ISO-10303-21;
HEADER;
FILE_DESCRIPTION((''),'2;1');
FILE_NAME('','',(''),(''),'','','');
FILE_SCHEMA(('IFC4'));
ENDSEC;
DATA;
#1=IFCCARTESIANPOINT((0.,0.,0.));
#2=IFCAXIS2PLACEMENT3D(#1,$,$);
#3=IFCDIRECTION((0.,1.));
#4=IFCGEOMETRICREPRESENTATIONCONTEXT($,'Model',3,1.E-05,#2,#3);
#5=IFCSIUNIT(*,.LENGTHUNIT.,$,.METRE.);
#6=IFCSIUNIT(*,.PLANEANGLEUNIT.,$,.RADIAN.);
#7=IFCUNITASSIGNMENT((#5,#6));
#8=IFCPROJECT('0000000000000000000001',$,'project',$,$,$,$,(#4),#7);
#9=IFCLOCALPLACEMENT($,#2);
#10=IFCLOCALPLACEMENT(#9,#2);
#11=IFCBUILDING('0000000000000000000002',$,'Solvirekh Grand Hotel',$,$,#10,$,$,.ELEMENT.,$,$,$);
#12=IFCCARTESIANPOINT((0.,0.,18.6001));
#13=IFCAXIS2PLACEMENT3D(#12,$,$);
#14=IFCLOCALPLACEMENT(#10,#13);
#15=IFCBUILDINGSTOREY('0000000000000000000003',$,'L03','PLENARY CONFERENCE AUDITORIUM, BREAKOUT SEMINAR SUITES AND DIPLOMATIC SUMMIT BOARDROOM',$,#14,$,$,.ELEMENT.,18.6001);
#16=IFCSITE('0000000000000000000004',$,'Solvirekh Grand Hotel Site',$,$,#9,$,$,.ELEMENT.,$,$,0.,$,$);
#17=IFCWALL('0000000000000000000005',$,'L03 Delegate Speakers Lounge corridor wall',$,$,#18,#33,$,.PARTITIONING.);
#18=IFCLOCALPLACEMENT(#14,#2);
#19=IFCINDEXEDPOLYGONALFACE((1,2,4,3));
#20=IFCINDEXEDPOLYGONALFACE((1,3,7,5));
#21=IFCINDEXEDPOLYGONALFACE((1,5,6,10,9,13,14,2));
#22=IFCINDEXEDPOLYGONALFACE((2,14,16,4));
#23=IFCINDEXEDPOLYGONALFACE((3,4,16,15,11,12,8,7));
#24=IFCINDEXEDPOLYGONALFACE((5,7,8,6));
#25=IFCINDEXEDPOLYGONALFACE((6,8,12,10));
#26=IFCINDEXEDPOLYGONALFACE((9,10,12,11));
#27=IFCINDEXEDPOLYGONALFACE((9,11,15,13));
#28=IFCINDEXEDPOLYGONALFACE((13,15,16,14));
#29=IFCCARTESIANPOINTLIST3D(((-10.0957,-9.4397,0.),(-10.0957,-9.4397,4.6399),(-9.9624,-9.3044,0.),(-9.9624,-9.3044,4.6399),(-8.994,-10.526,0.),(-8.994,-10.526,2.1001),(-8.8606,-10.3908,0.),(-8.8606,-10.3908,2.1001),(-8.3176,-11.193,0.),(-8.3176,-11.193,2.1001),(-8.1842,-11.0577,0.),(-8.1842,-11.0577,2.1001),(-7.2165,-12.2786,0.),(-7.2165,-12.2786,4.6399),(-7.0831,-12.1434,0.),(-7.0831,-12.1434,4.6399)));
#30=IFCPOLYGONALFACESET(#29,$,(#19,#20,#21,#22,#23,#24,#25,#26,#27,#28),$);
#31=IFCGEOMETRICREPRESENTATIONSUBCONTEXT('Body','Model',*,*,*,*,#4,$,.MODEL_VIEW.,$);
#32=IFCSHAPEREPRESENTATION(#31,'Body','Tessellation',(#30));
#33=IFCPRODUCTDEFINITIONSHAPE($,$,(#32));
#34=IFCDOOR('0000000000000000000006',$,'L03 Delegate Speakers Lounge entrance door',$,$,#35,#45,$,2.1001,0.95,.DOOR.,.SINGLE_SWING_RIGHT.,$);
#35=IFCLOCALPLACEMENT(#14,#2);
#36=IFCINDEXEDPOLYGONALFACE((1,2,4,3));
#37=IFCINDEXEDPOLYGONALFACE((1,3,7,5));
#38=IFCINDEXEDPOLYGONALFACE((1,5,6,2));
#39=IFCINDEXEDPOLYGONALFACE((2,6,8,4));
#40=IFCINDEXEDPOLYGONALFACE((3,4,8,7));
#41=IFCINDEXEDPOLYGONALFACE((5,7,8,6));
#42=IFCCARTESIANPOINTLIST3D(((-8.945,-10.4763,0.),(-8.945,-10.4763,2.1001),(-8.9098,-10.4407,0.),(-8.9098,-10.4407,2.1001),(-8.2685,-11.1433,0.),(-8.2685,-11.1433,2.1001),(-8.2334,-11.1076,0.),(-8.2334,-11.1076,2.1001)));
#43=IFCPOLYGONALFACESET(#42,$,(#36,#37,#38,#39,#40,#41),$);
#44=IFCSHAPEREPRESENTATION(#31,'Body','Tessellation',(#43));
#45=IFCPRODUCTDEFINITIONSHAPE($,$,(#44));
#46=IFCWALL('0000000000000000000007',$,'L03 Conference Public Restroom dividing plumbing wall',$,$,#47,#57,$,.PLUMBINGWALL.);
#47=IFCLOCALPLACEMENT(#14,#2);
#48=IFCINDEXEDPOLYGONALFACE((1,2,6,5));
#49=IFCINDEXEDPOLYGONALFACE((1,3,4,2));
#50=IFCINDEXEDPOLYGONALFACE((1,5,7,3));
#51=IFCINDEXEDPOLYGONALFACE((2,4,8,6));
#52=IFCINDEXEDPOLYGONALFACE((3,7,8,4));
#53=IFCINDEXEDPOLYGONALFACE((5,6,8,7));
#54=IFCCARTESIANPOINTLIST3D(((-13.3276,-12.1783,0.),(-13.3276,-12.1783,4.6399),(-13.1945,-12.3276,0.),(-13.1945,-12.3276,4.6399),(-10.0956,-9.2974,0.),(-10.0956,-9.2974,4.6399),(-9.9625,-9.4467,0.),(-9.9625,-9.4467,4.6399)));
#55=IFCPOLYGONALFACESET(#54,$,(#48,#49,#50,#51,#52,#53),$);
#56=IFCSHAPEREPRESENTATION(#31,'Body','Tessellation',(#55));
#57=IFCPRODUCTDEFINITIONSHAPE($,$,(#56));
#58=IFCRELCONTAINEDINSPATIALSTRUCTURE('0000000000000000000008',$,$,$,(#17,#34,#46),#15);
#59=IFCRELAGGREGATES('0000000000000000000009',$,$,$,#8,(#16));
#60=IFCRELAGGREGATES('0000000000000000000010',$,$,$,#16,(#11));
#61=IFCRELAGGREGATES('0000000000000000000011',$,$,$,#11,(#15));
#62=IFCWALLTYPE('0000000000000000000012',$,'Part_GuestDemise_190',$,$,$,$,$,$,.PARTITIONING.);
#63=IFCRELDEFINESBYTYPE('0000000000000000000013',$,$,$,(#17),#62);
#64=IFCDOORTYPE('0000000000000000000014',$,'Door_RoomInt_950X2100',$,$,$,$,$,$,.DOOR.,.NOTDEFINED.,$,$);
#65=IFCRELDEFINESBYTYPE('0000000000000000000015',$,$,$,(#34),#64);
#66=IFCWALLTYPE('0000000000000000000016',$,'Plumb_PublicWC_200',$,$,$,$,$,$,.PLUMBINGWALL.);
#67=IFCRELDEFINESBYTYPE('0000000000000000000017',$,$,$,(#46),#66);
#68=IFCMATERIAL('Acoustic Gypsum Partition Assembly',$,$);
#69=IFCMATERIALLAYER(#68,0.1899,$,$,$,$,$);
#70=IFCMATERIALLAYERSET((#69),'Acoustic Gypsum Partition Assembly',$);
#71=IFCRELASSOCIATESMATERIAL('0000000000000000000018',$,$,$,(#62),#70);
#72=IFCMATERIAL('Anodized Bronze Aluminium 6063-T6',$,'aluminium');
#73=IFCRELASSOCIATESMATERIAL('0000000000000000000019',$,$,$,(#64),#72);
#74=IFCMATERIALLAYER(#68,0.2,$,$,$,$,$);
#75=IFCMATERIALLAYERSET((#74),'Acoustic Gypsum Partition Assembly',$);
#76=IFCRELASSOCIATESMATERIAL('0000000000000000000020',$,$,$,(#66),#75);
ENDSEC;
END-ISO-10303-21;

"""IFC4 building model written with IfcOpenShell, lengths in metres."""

from ifc_helpers import new_model, si_unit, direction, frame, frame_2d, origin, place, context, subcontext, project, spatial, rectangle, extrude, material, layer, layer_set, type_object, element, fill, save


model = new_model("IFC4")

# Units and contexts
model_context = context("Model", 3, precision=1e-05, world=origin(), true_north=direction((0.0, 1.0)))
body_context = subcontext(model_context, "Body", "Model", "MODEL_VIEW")
ifc_project = project(units=[si_unit("LENGTHUNIT", "METRE"), si_unit("PLANEANGLEUNIT", "RADIAN")], contexts=[model_context])

# Site, building, storey
site_placement = place(None, origin())
site = spatial("IfcSite", under=ifc_project, at=site_placement, Name="Solvirekh Grand Hotel Site", CompositionType="ELEMENT", RefElevation=0.0)
building_placement = place(site_placement, origin())
building = spatial("IfcBuilding", under=site, at=building_placement, Name="Solvirekh Grand Hotel", CompositionType="ELEMENT")
storey_placement = place(building_placement, frame((0.0, 0.0, 18.6001)))
storey = spatial("IfcBuildingStorey", under=building, at=storey_placement, Name="L03", Description="PLENARY CONFERENCE AUDITORIUM, BREAKOUT SEMINAR SUITES AND DIPLOMATIC SUMMIT BOARDROOM", CompositionType="ELEMENT", Elevation=18.6001)

# Wall, opening, door
ifc_material_1 = material(Name="Acoustic Gypsum Partition Assembly")
ifc_layer_1 = layer(ifc_material_1, 0.1899)
ifc_layer_set_1 = layer_set([ifc_layer_1], Name="Acoustic Gypsum Partition Assembly")
wall_type_1 = type_object("IfcWallType", Name="Part_GuestDemise_190", PredefinedType="PARTITIONING", material=ifc_layer_set_1)
wall_1_placement = place(storey_placement, frame((-10.0291, -9.3721, 0.0), z_axis=(0.0, 0.0, 1.0), x_axis=(0.712071, -0.702108, 0.0)))
wall_1 = element("IfcWall", 1, at=wall_1_placement, inside=storey, type_object=wall_type_1, Name="L03 Delegate Speakers Lounge corridor wall", PredefinedType="PARTITIONING", context=body_context, shape_type="SweptSolid", body=[
    extrude(rectangle(XDim=4.0435, YDim=0.1899, at=frame_2d((2.0217, 0.0))), origin(), (0.0, 0.0, 1.0), 4.6399),
])
opening_1_placement = place(wall_1_placement, frame((1.5471, 0.0, 0.0)))
opening_1 = element("IfcOpeningElement", 2, at=opening_1_placement, cuts=wall_1, PredefinedType="OPENING", context=body_context, shape_type="SweptSolid", body=[
    extrude(rectangle(XDim=0.95, YDim=2.1001, at=frame_2d((0.4751, 1.05))), frame((0.0, 0.105, 0.0), z_axis=(0.0, -1.0, 0.0), x_axis=(1.0, 0.0, 0.0)), (0.0, 0.0, 1.0), 0.21),
])
ifc_material_2 = material(Name="Anodized Bronze Aluminium 6063-T6", Category="aluminium")
door_type_1 = type_object("IfcDoorType", Name="Door_RoomInt_950X2100", OperationType="NOTDEFINED", PredefinedType="DOOR", material=ifc_material_2)
door_1_placement = place(opening_1_placement, origin())
door_1 = element("IfcDoor", 3, at=door_1_placement, inside=storey, type_object=door_type_1, Name="L03 Delegate Speakers Lounge entrance door", OperationType="SINGLE_SWING_RIGHT", OverallHeight=2.1001, OverallWidth=0.95, PredefinedType="DOOR", context=body_context, shape_type="SweptSolid", body=[
    extrude(rectangle(XDim=0.95, YDim=2.1001, at=frame_2d((0.4751, 1.05))), frame((0.0, 0.0249, 0.0), z_axis=(0.0, -1.0, 0.0), x_axis=(1.0, 0.0, 0.0)), (0.0, 0.0, 1.0), 0.05),
])
fill(opening_1, door_1)

# Wall
ifc_layer_2 = layer(ifc_material_1, 0.2)
ifc_layer_set_2 = layer_set([ifc_layer_2], Name="Acoustic Gypsum Partition Assembly")
wall_type_2 = type_object("IfcWallType", Name="Plumb_PublicWC_200", PredefinedType="PLUMBINGWALL", material=ifc_layer_set_2)
wall_2_placement = place(storey_placement, frame((-10.0291, -9.3721, 0.0), z_axis=(0.0, 0.0, 1.0), x_axis=(-0.746488, -0.665399, 0.0)))
element("IfcWall", 4, at=wall_2_placement, inside=storey, type_object=wall_type_2, Name="L03 Conference Public Restroom dividing plumbing wall", PredefinedType="PLUMBINGWALL", context=body_context, shape_type="SweptSolid", body=[
    extrude(rectangle(XDim=4.3296, YDim=0.2, at=frame_2d((2.1648, 0.0))), origin(), (0.0, 0.0, 1.0), 4.6399),
])

save(model, "model.ifc")
